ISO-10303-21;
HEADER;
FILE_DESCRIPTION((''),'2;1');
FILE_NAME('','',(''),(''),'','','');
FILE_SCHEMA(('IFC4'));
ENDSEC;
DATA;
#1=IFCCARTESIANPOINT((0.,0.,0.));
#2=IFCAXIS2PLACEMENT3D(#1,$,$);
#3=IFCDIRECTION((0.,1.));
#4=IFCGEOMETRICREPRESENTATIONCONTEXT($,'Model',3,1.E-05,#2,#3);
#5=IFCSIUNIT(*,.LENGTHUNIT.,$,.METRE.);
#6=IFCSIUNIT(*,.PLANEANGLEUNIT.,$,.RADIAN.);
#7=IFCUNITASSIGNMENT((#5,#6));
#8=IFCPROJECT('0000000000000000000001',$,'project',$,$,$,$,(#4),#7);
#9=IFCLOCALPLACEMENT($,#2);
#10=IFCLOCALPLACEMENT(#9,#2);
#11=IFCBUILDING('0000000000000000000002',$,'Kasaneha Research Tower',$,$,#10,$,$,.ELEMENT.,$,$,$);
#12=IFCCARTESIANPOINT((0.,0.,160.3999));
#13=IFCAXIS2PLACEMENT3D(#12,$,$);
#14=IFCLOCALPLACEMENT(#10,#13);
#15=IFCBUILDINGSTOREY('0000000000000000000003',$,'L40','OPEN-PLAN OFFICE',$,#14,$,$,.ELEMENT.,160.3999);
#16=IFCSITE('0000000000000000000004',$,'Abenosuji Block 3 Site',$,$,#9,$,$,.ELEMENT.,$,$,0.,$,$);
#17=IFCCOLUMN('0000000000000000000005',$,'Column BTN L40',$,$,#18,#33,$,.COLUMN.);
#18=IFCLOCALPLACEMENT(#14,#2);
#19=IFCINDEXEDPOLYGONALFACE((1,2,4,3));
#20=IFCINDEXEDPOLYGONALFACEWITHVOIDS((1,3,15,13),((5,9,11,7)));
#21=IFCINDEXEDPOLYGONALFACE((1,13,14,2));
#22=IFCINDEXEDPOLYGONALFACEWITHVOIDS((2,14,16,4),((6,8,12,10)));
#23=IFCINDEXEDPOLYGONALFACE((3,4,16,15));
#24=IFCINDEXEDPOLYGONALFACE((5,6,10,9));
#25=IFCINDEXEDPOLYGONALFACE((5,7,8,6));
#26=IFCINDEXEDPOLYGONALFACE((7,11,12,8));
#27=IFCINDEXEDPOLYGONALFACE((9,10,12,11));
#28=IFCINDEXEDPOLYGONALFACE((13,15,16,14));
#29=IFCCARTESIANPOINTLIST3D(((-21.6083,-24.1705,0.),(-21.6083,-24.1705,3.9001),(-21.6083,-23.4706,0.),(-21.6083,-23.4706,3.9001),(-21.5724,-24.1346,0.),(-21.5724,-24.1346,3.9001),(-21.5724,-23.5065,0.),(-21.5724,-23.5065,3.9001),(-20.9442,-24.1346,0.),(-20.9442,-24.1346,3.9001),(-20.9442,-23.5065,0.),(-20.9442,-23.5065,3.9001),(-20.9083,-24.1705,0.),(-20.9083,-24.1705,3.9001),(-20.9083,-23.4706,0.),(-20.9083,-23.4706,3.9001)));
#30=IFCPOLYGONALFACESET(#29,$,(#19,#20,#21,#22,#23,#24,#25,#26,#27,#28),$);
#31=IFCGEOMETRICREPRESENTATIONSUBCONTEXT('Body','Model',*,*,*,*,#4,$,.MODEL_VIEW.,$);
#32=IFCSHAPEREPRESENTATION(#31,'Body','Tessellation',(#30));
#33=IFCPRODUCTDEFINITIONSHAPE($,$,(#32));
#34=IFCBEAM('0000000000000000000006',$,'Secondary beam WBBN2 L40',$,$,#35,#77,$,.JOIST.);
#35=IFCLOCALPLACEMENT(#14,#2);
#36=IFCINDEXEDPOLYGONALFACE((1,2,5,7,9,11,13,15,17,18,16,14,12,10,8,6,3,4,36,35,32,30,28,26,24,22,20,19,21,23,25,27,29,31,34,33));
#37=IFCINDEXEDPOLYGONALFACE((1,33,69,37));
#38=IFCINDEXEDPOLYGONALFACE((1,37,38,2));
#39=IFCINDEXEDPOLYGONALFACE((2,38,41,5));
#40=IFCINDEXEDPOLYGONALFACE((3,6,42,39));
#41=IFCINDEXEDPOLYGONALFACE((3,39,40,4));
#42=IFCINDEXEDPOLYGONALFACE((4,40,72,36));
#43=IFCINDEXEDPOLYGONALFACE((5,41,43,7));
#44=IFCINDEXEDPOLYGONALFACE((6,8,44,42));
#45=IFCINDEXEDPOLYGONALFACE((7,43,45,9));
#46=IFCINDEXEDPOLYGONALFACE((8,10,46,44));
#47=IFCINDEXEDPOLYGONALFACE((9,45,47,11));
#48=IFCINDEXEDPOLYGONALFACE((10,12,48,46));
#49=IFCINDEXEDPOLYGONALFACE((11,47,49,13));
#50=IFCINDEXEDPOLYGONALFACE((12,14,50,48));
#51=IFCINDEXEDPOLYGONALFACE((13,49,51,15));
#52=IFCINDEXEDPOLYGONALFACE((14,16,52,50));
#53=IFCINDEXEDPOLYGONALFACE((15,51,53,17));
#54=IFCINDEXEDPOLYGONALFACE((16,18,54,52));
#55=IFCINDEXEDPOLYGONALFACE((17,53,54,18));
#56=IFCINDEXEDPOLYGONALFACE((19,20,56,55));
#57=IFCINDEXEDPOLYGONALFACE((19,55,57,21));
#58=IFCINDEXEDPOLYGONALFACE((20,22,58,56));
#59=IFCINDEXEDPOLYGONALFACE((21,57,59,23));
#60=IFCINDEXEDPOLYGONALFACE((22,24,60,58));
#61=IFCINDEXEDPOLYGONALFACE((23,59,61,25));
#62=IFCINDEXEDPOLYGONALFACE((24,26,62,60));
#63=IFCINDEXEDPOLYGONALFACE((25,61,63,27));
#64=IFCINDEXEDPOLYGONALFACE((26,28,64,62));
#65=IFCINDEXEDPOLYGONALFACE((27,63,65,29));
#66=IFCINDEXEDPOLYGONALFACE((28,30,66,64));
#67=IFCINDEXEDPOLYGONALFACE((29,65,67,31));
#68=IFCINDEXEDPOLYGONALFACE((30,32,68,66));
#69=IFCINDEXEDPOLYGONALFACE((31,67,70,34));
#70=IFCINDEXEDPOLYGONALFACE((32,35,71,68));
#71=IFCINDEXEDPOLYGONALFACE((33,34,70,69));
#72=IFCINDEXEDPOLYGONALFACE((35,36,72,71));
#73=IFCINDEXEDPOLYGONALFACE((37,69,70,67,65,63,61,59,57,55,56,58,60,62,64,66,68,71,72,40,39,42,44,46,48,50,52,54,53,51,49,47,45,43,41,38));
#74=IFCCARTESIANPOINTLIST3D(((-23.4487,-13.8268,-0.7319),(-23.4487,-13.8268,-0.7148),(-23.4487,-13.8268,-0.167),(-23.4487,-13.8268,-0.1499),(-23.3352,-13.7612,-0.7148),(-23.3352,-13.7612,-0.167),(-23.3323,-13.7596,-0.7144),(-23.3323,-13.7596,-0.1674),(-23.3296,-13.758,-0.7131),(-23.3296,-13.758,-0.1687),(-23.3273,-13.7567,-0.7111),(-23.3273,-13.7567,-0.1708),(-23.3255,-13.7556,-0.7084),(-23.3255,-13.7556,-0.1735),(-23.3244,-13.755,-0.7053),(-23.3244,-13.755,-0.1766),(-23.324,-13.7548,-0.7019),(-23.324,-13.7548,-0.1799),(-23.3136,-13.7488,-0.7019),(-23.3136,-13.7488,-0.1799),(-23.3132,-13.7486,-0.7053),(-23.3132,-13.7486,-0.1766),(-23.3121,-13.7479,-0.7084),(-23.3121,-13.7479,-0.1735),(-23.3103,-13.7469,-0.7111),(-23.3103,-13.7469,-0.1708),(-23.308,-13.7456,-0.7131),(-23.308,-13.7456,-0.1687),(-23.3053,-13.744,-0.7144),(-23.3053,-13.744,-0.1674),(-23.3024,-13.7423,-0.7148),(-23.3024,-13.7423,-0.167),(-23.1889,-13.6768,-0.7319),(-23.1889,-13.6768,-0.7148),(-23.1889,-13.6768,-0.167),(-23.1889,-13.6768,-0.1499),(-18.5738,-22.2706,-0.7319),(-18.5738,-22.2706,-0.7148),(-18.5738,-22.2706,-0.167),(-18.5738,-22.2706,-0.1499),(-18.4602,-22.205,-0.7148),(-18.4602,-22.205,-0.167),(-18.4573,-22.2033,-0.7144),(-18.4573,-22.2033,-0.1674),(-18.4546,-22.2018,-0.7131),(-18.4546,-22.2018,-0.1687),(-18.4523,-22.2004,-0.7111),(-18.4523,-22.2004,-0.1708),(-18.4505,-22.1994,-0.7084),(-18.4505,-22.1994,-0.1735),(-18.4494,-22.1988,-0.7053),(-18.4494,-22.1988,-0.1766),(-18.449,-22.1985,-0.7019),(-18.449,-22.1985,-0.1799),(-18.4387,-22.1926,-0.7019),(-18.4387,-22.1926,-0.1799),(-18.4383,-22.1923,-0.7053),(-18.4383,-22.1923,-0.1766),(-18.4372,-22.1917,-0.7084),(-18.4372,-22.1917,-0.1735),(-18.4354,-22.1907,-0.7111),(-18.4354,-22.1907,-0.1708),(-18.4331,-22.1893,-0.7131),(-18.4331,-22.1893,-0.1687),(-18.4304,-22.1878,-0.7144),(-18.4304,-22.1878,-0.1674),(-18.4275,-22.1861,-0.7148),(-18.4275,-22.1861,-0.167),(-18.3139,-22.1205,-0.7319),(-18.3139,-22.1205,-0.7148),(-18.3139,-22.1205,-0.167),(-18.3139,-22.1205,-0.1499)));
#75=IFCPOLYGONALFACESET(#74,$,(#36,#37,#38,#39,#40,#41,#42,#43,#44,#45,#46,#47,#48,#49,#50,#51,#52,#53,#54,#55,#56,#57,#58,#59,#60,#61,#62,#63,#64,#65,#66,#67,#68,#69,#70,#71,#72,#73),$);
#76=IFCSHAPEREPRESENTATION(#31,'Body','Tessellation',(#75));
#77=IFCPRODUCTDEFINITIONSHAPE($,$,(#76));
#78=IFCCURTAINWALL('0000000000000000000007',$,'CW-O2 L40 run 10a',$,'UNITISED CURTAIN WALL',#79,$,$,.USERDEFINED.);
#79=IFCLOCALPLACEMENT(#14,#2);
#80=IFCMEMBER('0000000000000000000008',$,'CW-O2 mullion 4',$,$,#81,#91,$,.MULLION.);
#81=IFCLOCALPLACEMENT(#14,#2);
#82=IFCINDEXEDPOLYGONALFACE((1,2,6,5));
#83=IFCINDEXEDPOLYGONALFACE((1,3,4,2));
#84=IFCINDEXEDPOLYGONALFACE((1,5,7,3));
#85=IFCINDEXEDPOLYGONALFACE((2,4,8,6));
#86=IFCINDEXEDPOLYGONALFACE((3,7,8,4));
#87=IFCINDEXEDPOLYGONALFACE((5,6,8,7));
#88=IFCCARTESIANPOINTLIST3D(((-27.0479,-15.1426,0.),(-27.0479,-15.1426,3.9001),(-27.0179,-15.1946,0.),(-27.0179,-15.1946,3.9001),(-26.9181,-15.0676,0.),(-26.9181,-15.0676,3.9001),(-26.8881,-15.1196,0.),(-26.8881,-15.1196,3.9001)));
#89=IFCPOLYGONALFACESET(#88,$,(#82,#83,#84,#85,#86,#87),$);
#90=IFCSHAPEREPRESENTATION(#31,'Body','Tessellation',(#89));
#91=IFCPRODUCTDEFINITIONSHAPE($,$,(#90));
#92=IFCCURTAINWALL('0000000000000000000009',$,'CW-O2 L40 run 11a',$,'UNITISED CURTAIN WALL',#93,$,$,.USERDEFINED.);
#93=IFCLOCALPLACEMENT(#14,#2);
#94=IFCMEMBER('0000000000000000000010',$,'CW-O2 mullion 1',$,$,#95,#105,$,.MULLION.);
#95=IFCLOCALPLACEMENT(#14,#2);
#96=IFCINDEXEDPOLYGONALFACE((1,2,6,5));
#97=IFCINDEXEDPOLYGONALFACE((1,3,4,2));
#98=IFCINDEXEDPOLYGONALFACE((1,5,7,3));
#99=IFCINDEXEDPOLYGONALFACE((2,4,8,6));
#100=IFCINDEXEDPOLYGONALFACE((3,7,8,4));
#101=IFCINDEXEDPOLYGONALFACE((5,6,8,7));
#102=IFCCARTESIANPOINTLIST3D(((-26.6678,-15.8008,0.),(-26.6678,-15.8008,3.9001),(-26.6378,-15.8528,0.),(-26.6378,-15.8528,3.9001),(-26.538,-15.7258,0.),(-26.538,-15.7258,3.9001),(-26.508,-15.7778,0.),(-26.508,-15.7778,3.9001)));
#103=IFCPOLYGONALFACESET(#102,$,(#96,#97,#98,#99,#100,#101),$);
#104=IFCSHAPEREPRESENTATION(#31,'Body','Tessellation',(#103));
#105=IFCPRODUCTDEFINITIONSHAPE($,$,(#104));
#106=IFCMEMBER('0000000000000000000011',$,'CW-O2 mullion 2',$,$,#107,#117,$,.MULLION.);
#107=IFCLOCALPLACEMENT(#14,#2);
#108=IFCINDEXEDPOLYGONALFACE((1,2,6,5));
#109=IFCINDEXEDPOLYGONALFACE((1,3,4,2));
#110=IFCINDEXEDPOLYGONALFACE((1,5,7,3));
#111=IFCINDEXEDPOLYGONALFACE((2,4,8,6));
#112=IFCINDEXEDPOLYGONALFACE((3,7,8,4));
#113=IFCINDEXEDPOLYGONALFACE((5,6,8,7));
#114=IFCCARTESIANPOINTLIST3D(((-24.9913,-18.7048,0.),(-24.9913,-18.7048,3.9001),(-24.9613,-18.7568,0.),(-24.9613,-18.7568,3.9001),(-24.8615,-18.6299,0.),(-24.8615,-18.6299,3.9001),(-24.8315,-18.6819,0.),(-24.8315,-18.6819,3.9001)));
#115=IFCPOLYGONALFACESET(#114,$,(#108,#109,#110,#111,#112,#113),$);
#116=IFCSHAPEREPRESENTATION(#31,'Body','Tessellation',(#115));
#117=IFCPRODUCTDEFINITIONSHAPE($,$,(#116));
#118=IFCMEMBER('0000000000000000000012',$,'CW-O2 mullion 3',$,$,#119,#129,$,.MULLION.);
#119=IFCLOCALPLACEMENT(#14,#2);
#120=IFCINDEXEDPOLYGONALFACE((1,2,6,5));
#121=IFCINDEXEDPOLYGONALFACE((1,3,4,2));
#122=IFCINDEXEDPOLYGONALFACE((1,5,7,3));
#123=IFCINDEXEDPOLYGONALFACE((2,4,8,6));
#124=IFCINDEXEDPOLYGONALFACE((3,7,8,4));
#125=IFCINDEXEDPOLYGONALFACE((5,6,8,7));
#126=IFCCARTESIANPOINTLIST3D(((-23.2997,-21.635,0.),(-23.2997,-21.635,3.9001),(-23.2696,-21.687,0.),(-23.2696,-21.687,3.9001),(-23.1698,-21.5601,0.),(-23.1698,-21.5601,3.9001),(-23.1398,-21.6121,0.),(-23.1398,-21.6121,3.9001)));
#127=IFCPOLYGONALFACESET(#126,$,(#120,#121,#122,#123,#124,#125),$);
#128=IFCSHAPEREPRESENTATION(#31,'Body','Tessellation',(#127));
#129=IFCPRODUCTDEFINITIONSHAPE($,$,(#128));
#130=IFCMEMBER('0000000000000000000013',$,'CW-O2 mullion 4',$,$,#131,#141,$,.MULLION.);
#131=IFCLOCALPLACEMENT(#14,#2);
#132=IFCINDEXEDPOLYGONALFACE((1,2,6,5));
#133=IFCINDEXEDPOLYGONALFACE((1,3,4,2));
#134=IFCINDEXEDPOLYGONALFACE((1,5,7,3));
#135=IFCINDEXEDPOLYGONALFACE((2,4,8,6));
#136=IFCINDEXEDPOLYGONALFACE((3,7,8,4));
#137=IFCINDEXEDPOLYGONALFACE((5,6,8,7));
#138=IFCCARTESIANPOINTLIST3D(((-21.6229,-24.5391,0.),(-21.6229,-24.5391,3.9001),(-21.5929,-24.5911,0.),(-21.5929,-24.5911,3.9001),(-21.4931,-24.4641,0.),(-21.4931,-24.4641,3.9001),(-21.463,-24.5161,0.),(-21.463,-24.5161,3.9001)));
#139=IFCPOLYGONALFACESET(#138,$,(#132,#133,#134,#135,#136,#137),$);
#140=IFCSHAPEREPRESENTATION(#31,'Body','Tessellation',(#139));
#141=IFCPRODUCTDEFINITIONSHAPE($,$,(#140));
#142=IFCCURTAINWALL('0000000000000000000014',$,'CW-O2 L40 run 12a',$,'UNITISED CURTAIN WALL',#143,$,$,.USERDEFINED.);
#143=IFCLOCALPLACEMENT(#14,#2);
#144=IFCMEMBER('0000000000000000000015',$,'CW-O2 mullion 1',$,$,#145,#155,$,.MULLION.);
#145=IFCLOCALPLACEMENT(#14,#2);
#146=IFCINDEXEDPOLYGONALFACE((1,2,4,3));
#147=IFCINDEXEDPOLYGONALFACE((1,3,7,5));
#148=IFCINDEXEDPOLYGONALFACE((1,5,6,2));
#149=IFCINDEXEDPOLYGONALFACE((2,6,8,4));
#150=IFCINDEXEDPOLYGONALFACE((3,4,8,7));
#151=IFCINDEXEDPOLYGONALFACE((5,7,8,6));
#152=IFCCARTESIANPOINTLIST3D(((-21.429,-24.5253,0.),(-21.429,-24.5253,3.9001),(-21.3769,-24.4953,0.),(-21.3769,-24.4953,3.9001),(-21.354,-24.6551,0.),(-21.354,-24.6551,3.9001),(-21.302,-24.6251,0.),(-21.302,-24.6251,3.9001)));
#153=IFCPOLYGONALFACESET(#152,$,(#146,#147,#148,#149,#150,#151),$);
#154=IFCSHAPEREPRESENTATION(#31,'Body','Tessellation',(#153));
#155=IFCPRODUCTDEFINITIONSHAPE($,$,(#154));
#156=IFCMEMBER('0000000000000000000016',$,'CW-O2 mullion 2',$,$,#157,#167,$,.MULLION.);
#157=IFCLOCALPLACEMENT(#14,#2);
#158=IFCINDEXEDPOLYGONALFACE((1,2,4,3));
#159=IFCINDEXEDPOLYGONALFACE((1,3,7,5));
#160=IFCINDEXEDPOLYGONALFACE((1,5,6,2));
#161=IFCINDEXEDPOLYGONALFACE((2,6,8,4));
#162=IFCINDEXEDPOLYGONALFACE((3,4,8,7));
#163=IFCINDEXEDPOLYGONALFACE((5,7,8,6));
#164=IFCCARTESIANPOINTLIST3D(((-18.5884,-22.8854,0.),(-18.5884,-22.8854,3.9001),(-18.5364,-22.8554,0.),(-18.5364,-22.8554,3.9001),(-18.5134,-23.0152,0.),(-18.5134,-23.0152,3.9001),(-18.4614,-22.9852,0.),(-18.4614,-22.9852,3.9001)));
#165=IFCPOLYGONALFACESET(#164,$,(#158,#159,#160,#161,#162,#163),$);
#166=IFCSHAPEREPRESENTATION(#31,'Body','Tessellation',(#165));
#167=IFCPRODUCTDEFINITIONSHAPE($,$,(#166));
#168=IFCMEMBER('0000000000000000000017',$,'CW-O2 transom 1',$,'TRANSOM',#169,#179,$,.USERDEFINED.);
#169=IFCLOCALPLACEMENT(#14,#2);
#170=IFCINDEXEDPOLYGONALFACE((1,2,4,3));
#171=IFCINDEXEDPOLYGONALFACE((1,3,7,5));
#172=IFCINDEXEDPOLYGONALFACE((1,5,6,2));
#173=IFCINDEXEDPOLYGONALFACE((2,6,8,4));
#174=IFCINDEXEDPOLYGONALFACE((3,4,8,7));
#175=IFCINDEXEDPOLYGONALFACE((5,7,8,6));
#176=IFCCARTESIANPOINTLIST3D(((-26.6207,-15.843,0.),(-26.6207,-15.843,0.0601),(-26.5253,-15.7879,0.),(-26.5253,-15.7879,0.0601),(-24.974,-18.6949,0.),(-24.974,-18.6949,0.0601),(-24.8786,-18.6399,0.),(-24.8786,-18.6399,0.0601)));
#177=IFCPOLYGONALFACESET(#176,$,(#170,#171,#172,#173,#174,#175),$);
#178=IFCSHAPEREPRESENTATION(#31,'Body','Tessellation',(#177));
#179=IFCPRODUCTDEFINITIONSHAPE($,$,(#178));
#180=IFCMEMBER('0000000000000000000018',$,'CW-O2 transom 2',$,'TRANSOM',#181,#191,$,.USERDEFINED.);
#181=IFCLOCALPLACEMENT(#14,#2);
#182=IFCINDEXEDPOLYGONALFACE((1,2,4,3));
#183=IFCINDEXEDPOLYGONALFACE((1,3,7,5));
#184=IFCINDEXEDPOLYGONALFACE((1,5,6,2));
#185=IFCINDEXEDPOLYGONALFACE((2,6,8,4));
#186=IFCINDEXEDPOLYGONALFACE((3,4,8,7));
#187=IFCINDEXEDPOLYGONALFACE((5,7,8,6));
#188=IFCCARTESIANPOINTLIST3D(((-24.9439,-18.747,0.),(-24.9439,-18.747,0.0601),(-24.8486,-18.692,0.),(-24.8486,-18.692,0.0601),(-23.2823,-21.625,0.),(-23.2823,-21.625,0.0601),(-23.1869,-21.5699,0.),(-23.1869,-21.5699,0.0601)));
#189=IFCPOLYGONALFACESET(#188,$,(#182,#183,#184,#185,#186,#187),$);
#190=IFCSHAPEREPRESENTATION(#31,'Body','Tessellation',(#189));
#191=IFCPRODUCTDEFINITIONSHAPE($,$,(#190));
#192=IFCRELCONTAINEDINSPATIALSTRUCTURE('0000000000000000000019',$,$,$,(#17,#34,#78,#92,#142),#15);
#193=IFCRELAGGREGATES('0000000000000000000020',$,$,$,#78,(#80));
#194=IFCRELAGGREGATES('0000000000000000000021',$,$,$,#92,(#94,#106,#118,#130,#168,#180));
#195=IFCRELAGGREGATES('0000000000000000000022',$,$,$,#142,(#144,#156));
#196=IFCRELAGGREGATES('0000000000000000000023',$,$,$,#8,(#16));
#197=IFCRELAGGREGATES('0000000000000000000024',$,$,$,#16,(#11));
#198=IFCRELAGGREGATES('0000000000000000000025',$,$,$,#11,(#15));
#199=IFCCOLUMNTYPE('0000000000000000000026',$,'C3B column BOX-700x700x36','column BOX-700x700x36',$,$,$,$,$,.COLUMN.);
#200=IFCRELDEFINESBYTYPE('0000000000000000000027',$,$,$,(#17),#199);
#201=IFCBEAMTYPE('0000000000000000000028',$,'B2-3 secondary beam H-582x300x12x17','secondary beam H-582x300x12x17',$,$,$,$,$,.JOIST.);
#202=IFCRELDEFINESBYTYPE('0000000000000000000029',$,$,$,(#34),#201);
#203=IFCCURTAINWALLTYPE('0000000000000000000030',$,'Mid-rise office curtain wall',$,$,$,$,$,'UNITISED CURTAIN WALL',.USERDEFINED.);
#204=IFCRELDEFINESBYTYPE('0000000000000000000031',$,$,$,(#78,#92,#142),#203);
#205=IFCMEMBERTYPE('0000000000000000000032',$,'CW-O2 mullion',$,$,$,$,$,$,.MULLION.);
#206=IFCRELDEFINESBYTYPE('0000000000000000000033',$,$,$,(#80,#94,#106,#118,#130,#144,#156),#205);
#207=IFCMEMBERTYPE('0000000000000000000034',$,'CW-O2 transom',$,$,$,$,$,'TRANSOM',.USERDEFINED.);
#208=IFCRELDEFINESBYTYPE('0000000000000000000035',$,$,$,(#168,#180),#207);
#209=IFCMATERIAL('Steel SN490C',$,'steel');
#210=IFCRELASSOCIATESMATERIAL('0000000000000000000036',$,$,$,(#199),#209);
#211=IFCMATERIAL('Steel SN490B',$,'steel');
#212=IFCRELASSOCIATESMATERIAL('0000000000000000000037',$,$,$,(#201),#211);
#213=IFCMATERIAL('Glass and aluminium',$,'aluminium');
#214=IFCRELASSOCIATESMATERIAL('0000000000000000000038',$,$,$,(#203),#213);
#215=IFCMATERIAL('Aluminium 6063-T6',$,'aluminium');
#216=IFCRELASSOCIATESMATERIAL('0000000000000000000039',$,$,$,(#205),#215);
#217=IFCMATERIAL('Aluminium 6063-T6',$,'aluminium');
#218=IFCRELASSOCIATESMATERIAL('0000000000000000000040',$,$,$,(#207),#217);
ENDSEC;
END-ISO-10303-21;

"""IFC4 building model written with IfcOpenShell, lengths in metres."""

from ifc_helpers import new_model, si_unit, direction, frame, origin, origin_2d, place, context, subcontext, project, spatial, rectangle, hollow_rectangle, i_section, extrude, material, material_profile, profile_set, type_object, element, aggregate, save


model = new_model("IFC4")

# Units and contexts
model_context = context("Model", 3, precision=1e-05, world=origin(), true_north=direction((0.0, 1.0)))
body_context = subcontext(model_context, "Body", "Model", "MODEL_VIEW")
ifc_project = project(units=[si_unit("LENGTHUNIT", "METRE"), si_unit("PLANEANGLEUNIT", "RADIAN")], contexts=[model_context])

# Site, building, storey
site_placement = place(None, origin())
site = spatial("IfcSite", under=ifc_project, at=site_placement, Name="Abenosuji Block 3 Site", CompositionType="ELEMENT", RefElevation=0.0)
building_placement = place(site_placement, origin())
building = spatial("IfcBuilding", under=site, at=building_placement, Name="Kasaneha Research Tower", CompositionType="ELEMENT")
storey_placement = place(building_placement, frame((0.0, 0.0, 160.3999)))
storey = spatial("IfcBuildingStorey", under=building, at=storey_placement, Name="L40", Description="OPEN-PLAN OFFICE", CompositionType="ELEMENT", Elevation=160.3999)

# Column
ifc_material_1 = material(Name="Steel SN490C", Category="steel")
ifc_material_profile_1 = material_profile(ifc_material_1, hollow_rectangle(XDim=0.7, YDim=0.7, WallThickness=0.0359, at=origin_2d()), Name="BOX-700x700x36")
ifc_profile_set_1 = profile_set([ifc_material_profile_1], Name="Steel SN490C")
column_type = type_object("IfcColumnType", Name="C3B column BOX-700x700x36", Description="column BOX-700x700x36", PredefinedType="COLUMN", material=ifc_profile_set_1)
column_placement = place(storey_placement, frame((-21.2583, -23.8206, 0.0), z_axis=(0.0, 0.0, 1.0), x_axis=(1.0, 0.0, 0.0)))
element("IfcColumn", 1, at=column_placement, inside=storey, type_object=column_type, Name="Column BTN L40", PredefinedType="COLUMN", context=body_context, shape_type="SweptSolid", body=[
    extrude(hollow_rectangle(XDim=0.7, YDim=0.7, WallThickness=0.0359, at=origin_2d()), origin(), (0.0, 0.0, 1.0), 3.9001),
])

# Beam
ifc_material_2 = material(Name="Steel SN490B", Category="steel")
ifc_material_profile_2 = material_profile(ifc_material_2, i_section(OverallWidth=0.3, OverallDepth=0.582, WebThickness=0.012, FlangeThickness=0.0171, FilletRadius=0.0129, at=origin_2d()), Name="H-582x300x12x17")
ifc_profile_set_2 = profile_set([ifc_material_profile_2], Name="Steel SN490B")
beam_type_1 = type_object("IfcBeamType", Name="B2-3 secondary beam H-582x300x12x17", Description="secondary beam H-582x300x12x17", PredefinedType="JOIST", material=ifc_profile_set_2)
beam_1_placement = place(storey_placement, frame((-18.4438, -22.1956, -0.4409), z_axis=(-0.499996, 0.866028, 0.0), x_axis=(-0.866028, -0.499996, 0.0)))
element("IfcBeam", 2, at=beam_1_placement, inside=storey, type_object=beam_type_1, Name="Secondary beam WBBN2 L40", PredefinedType="JOIST", context=body_context, shape_type="SweptSolid", body=[
    extrude(i_section(OverallWidth=0.3, OverallDepth=0.582, WebThickness=0.012, FlangeThickness=0.0171, FilletRadius=0.0129, at=origin_2d()), origin(), (0.0, 0.0, 1.0), 9.75),
])

# Curtain wall, member
ifc_material_3 = material(Name="Glass and aluminium", Category="aluminium")
curtain_wall_type = type_object("IfcCurtainWallType", Name="Mid-rise office curtain wall", ElementType="UNITISED CURTAIN WALL", PredefinedType="USERDEFINED", material=ifc_material_3)
curtain_wall_1_placement = place(storey_placement, origin())
curtain_wall_1 = element("IfcCurtainWall", 3, at=curtain_wall_1_placement, inside=storey, type_object=curtain_wall_type, Name="CW-O2 L40 run 10a", ObjectType="UNITISED CURTAIN WALL", PredefinedType="USERDEFINED")
ifc_material_4 = material(Name="Aluminium 6063-T6", Category="aluminium")
ifc_material_profile_3 = material_profile(ifc_material_4, rectangle(XDim=0.0601, YDim=0.1499, at=origin_2d()), Name="CW-O2 mullion 60x150")
ifc_profile_set_3 = profile_set([ifc_material_profile_3], Name="Aluminium 6063-T6")
member_type_1 = type_object("IfcMemberType", Name="CW-O2 mullion", PredefinedType="MULLION", material=ifc_profile_set_3)
member_1_placement = place(storey_placement, frame((-26.968, -15.1311, 0.0), z_axis=(0.0, 0.0, 1.0), x_axis=(0.5, -0.866025, 0.0)))
member_1 = element("IfcMember", 4, at=member_1_placement, type_object=member_type_1, Name="CW-O2 mullion 4", PredefinedType="MULLION", context=body_context, shape_type="SweptSolid", body=[
    extrude(rectangle(XDim=0.0601, YDim=0.1499, at=origin_2d()), origin(), (0.0, 0.0, 1.0), 3.9001),
])

# Curtain walls, members
curtain_wall_2_placement = place(storey_placement, origin())
curtain_wall_2 = element("IfcCurtainWall", 5, at=curtain_wall_2_placement, inside=storey, type_object=curtain_wall_type, Name="CW-O2 L40 run 11a", ObjectType="UNITISED CURTAIN WALL", PredefinedType="USERDEFINED")
member_2_placement = place(storey_placement, frame((-26.5879, -15.7893, 0.0), z_axis=(0.0, 0.0, 1.0), x_axis=(0.5, -0.866025, 0.0)))
member_2 = element("IfcMember", 6, at=member_2_placement, type_object=member_type_1, Name="CW-O2 mullion 1", PredefinedType="MULLION", context=body_context, shape_type="SweptSolid", body=[
    extrude(rectangle(XDim=0.0601, YDim=0.1499, at=origin_2d()), origin(), (0.0, 0.0, 1.0), 3.9001),
])
member_3_placement = place(storey_placement, frame((-24.9114, -18.6934, 0.0), z_axis=(0.0, 0.0, 1.0), x_axis=(0.5, -0.866025, 0.0)))
member_3 = element("IfcMember", 7, at=member_3_placement, type_object=member_type_1, Name="CW-O2 mullion 2", PredefinedType="MULLION", context=body_context, shape_type="SweptSolid", body=[
    extrude(rectangle(XDim=0.0601, YDim=0.1499, at=origin_2d()), origin(), (0.0, 0.0, 1.0), 3.9001),
])
member_4_placement = place(storey_placement, frame((-23.2197, -21.6235, 0.0), z_axis=(0.0, 0.0, 1.0), x_axis=(0.5, -0.866025, 0.0)))
member_4 = element("IfcMember", 8, at=member_4_placement, type_object=member_type_1, Name="CW-O2 mullion 3", PredefinedType="MULLION", context=body_context, shape_type="SweptSolid", body=[
    extrude(rectangle(XDim=0.0601, YDim=0.1499, at=origin_2d()), origin(), (0.0, 0.0, 1.0), 3.9001),
])
member_5_placement = place(storey_placement, frame((-21.543, -24.5276, 0.0), z_axis=(0.0, 0.0, 1.0), x_axis=(0.5, -0.866025, 0.0)))
member_5 = element("IfcMember", 9, at=member_5_placement, type_object=member_type_1, Name="CW-O2 mullion 4", PredefinedType="MULLION", context=body_context, shape_type="SweptSolid", body=[
    extrude(rectangle(XDim=0.0601, YDim=0.1499, at=origin_2d()), origin(), (0.0, 0.0, 1.0), 3.9001),
])
curtain_wall_3_placement = place(storey_placement, origin())
curtain_wall_3 = element("IfcCurtainWall", 10, at=curtain_wall_3_placement, inside=storey, type_object=curtain_wall_type, Name="CW-O2 L40 run 12a", ObjectType="UNITISED CURTAIN WALL", PredefinedType="USERDEFINED")
member_6_placement = place(storey_placement, frame((-21.3655, -24.5752, 0.0), z_axis=(0.0, 0.0, 1.0), x_axis=(0.866025, 0.5, 0.0)))
member_6 = element("IfcMember", 11, at=member_6_placement, type_object=member_type_1, Name="CW-O2 mullion 1", PredefinedType="MULLION", context=body_context, shape_type="SweptSolid", body=[
    extrude(rectangle(XDim=0.0601, YDim=0.1499, at=origin_2d()), origin(), (0.0, 0.0, 1.0), 3.9001),
])
member_7_placement = place(storey_placement, frame((-18.5249, -22.9353, 0.0), z_axis=(0.0, 0.0, 1.0), x_axis=(0.866025, 0.5, 0.0)))
member_7 = element("IfcMember", 12, at=member_7_placement, type_object=member_type_1, Name="CW-O2 mullion 2", PredefinedType="MULLION", context=body_context, shape_type="SweptSolid", body=[
    extrude(rectangle(XDim=0.0601, YDim=0.1499, at=origin_2d()), origin(), (0.0, 0.0, 1.0), 3.9001),
])

# Members
ifc_material_5 = material(Name="Aluminium 6063-T6", Category="aluminium")
ifc_material_profile_4 = material_profile(ifc_material_5, rectangle(XDim=0.1101, YDim=0.0601, at=origin_2d()), Name="CW-O2 transom 110x60")
ifc_profile_set_4 = profile_set([ifc_material_profile_4], Name="Aluminium 6063-T6")
member_type_2 = type_object("IfcMemberType", Name="CW-O2 transom", ElementType="TRANSOM", PredefinedType="USERDEFINED", material=ifc_profile_set_4)
member_8_placement = place(storey_placement, frame((-26.573, -15.8154, 0.03), z_axis=(0.500022, -0.866013, 0.0), x_axis=(0.866013, 0.500022, 0.0)))
member_8 = element("IfcMember", 13, at=member_8_placement, type_object=member_type_2, Name="CW-O2 transom 1", ObjectType="TRANSOM", PredefinedType="USERDEFINED", context=body_context, shape_type="SweptSolid", body=[
    extrude(rectangle(XDim=0.1101, YDim=0.0601, at=origin_2d()), origin(), (0.0, 0.0, 1.0), 3.2932),
])
member_9_placement = place(storey_placement, frame((-24.8962, -18.7195, 0.03), z_axis=(0.500011, -0.866019, 0.0), x_axis=(0.866019, 0.500011, 0.0)))
member_9 = element("IfcMember", 14, at=member_9_placement, type_object=member_type_2, Name="CW-O2 transom 2", ObjectType="TRANSOM", PredefinedType="USERDEFINED", context=body_context, shape_type="SweptSolid", body=[
    extrude(rectangle(XDim=0.1101, YDim=0.0601, at=origin_2d()), origin(), (0.0, 0.0, 1.0), 3.3232),
])

aggregate(curtain_wall_1, [member_1])
aggregate(curtain_wall_2, [member_2, member_3, member_4, member_5, member_8, member_9])
aggregate(curtain_wall_3, [member_6, member_7])

save(model, "model.ifc")
